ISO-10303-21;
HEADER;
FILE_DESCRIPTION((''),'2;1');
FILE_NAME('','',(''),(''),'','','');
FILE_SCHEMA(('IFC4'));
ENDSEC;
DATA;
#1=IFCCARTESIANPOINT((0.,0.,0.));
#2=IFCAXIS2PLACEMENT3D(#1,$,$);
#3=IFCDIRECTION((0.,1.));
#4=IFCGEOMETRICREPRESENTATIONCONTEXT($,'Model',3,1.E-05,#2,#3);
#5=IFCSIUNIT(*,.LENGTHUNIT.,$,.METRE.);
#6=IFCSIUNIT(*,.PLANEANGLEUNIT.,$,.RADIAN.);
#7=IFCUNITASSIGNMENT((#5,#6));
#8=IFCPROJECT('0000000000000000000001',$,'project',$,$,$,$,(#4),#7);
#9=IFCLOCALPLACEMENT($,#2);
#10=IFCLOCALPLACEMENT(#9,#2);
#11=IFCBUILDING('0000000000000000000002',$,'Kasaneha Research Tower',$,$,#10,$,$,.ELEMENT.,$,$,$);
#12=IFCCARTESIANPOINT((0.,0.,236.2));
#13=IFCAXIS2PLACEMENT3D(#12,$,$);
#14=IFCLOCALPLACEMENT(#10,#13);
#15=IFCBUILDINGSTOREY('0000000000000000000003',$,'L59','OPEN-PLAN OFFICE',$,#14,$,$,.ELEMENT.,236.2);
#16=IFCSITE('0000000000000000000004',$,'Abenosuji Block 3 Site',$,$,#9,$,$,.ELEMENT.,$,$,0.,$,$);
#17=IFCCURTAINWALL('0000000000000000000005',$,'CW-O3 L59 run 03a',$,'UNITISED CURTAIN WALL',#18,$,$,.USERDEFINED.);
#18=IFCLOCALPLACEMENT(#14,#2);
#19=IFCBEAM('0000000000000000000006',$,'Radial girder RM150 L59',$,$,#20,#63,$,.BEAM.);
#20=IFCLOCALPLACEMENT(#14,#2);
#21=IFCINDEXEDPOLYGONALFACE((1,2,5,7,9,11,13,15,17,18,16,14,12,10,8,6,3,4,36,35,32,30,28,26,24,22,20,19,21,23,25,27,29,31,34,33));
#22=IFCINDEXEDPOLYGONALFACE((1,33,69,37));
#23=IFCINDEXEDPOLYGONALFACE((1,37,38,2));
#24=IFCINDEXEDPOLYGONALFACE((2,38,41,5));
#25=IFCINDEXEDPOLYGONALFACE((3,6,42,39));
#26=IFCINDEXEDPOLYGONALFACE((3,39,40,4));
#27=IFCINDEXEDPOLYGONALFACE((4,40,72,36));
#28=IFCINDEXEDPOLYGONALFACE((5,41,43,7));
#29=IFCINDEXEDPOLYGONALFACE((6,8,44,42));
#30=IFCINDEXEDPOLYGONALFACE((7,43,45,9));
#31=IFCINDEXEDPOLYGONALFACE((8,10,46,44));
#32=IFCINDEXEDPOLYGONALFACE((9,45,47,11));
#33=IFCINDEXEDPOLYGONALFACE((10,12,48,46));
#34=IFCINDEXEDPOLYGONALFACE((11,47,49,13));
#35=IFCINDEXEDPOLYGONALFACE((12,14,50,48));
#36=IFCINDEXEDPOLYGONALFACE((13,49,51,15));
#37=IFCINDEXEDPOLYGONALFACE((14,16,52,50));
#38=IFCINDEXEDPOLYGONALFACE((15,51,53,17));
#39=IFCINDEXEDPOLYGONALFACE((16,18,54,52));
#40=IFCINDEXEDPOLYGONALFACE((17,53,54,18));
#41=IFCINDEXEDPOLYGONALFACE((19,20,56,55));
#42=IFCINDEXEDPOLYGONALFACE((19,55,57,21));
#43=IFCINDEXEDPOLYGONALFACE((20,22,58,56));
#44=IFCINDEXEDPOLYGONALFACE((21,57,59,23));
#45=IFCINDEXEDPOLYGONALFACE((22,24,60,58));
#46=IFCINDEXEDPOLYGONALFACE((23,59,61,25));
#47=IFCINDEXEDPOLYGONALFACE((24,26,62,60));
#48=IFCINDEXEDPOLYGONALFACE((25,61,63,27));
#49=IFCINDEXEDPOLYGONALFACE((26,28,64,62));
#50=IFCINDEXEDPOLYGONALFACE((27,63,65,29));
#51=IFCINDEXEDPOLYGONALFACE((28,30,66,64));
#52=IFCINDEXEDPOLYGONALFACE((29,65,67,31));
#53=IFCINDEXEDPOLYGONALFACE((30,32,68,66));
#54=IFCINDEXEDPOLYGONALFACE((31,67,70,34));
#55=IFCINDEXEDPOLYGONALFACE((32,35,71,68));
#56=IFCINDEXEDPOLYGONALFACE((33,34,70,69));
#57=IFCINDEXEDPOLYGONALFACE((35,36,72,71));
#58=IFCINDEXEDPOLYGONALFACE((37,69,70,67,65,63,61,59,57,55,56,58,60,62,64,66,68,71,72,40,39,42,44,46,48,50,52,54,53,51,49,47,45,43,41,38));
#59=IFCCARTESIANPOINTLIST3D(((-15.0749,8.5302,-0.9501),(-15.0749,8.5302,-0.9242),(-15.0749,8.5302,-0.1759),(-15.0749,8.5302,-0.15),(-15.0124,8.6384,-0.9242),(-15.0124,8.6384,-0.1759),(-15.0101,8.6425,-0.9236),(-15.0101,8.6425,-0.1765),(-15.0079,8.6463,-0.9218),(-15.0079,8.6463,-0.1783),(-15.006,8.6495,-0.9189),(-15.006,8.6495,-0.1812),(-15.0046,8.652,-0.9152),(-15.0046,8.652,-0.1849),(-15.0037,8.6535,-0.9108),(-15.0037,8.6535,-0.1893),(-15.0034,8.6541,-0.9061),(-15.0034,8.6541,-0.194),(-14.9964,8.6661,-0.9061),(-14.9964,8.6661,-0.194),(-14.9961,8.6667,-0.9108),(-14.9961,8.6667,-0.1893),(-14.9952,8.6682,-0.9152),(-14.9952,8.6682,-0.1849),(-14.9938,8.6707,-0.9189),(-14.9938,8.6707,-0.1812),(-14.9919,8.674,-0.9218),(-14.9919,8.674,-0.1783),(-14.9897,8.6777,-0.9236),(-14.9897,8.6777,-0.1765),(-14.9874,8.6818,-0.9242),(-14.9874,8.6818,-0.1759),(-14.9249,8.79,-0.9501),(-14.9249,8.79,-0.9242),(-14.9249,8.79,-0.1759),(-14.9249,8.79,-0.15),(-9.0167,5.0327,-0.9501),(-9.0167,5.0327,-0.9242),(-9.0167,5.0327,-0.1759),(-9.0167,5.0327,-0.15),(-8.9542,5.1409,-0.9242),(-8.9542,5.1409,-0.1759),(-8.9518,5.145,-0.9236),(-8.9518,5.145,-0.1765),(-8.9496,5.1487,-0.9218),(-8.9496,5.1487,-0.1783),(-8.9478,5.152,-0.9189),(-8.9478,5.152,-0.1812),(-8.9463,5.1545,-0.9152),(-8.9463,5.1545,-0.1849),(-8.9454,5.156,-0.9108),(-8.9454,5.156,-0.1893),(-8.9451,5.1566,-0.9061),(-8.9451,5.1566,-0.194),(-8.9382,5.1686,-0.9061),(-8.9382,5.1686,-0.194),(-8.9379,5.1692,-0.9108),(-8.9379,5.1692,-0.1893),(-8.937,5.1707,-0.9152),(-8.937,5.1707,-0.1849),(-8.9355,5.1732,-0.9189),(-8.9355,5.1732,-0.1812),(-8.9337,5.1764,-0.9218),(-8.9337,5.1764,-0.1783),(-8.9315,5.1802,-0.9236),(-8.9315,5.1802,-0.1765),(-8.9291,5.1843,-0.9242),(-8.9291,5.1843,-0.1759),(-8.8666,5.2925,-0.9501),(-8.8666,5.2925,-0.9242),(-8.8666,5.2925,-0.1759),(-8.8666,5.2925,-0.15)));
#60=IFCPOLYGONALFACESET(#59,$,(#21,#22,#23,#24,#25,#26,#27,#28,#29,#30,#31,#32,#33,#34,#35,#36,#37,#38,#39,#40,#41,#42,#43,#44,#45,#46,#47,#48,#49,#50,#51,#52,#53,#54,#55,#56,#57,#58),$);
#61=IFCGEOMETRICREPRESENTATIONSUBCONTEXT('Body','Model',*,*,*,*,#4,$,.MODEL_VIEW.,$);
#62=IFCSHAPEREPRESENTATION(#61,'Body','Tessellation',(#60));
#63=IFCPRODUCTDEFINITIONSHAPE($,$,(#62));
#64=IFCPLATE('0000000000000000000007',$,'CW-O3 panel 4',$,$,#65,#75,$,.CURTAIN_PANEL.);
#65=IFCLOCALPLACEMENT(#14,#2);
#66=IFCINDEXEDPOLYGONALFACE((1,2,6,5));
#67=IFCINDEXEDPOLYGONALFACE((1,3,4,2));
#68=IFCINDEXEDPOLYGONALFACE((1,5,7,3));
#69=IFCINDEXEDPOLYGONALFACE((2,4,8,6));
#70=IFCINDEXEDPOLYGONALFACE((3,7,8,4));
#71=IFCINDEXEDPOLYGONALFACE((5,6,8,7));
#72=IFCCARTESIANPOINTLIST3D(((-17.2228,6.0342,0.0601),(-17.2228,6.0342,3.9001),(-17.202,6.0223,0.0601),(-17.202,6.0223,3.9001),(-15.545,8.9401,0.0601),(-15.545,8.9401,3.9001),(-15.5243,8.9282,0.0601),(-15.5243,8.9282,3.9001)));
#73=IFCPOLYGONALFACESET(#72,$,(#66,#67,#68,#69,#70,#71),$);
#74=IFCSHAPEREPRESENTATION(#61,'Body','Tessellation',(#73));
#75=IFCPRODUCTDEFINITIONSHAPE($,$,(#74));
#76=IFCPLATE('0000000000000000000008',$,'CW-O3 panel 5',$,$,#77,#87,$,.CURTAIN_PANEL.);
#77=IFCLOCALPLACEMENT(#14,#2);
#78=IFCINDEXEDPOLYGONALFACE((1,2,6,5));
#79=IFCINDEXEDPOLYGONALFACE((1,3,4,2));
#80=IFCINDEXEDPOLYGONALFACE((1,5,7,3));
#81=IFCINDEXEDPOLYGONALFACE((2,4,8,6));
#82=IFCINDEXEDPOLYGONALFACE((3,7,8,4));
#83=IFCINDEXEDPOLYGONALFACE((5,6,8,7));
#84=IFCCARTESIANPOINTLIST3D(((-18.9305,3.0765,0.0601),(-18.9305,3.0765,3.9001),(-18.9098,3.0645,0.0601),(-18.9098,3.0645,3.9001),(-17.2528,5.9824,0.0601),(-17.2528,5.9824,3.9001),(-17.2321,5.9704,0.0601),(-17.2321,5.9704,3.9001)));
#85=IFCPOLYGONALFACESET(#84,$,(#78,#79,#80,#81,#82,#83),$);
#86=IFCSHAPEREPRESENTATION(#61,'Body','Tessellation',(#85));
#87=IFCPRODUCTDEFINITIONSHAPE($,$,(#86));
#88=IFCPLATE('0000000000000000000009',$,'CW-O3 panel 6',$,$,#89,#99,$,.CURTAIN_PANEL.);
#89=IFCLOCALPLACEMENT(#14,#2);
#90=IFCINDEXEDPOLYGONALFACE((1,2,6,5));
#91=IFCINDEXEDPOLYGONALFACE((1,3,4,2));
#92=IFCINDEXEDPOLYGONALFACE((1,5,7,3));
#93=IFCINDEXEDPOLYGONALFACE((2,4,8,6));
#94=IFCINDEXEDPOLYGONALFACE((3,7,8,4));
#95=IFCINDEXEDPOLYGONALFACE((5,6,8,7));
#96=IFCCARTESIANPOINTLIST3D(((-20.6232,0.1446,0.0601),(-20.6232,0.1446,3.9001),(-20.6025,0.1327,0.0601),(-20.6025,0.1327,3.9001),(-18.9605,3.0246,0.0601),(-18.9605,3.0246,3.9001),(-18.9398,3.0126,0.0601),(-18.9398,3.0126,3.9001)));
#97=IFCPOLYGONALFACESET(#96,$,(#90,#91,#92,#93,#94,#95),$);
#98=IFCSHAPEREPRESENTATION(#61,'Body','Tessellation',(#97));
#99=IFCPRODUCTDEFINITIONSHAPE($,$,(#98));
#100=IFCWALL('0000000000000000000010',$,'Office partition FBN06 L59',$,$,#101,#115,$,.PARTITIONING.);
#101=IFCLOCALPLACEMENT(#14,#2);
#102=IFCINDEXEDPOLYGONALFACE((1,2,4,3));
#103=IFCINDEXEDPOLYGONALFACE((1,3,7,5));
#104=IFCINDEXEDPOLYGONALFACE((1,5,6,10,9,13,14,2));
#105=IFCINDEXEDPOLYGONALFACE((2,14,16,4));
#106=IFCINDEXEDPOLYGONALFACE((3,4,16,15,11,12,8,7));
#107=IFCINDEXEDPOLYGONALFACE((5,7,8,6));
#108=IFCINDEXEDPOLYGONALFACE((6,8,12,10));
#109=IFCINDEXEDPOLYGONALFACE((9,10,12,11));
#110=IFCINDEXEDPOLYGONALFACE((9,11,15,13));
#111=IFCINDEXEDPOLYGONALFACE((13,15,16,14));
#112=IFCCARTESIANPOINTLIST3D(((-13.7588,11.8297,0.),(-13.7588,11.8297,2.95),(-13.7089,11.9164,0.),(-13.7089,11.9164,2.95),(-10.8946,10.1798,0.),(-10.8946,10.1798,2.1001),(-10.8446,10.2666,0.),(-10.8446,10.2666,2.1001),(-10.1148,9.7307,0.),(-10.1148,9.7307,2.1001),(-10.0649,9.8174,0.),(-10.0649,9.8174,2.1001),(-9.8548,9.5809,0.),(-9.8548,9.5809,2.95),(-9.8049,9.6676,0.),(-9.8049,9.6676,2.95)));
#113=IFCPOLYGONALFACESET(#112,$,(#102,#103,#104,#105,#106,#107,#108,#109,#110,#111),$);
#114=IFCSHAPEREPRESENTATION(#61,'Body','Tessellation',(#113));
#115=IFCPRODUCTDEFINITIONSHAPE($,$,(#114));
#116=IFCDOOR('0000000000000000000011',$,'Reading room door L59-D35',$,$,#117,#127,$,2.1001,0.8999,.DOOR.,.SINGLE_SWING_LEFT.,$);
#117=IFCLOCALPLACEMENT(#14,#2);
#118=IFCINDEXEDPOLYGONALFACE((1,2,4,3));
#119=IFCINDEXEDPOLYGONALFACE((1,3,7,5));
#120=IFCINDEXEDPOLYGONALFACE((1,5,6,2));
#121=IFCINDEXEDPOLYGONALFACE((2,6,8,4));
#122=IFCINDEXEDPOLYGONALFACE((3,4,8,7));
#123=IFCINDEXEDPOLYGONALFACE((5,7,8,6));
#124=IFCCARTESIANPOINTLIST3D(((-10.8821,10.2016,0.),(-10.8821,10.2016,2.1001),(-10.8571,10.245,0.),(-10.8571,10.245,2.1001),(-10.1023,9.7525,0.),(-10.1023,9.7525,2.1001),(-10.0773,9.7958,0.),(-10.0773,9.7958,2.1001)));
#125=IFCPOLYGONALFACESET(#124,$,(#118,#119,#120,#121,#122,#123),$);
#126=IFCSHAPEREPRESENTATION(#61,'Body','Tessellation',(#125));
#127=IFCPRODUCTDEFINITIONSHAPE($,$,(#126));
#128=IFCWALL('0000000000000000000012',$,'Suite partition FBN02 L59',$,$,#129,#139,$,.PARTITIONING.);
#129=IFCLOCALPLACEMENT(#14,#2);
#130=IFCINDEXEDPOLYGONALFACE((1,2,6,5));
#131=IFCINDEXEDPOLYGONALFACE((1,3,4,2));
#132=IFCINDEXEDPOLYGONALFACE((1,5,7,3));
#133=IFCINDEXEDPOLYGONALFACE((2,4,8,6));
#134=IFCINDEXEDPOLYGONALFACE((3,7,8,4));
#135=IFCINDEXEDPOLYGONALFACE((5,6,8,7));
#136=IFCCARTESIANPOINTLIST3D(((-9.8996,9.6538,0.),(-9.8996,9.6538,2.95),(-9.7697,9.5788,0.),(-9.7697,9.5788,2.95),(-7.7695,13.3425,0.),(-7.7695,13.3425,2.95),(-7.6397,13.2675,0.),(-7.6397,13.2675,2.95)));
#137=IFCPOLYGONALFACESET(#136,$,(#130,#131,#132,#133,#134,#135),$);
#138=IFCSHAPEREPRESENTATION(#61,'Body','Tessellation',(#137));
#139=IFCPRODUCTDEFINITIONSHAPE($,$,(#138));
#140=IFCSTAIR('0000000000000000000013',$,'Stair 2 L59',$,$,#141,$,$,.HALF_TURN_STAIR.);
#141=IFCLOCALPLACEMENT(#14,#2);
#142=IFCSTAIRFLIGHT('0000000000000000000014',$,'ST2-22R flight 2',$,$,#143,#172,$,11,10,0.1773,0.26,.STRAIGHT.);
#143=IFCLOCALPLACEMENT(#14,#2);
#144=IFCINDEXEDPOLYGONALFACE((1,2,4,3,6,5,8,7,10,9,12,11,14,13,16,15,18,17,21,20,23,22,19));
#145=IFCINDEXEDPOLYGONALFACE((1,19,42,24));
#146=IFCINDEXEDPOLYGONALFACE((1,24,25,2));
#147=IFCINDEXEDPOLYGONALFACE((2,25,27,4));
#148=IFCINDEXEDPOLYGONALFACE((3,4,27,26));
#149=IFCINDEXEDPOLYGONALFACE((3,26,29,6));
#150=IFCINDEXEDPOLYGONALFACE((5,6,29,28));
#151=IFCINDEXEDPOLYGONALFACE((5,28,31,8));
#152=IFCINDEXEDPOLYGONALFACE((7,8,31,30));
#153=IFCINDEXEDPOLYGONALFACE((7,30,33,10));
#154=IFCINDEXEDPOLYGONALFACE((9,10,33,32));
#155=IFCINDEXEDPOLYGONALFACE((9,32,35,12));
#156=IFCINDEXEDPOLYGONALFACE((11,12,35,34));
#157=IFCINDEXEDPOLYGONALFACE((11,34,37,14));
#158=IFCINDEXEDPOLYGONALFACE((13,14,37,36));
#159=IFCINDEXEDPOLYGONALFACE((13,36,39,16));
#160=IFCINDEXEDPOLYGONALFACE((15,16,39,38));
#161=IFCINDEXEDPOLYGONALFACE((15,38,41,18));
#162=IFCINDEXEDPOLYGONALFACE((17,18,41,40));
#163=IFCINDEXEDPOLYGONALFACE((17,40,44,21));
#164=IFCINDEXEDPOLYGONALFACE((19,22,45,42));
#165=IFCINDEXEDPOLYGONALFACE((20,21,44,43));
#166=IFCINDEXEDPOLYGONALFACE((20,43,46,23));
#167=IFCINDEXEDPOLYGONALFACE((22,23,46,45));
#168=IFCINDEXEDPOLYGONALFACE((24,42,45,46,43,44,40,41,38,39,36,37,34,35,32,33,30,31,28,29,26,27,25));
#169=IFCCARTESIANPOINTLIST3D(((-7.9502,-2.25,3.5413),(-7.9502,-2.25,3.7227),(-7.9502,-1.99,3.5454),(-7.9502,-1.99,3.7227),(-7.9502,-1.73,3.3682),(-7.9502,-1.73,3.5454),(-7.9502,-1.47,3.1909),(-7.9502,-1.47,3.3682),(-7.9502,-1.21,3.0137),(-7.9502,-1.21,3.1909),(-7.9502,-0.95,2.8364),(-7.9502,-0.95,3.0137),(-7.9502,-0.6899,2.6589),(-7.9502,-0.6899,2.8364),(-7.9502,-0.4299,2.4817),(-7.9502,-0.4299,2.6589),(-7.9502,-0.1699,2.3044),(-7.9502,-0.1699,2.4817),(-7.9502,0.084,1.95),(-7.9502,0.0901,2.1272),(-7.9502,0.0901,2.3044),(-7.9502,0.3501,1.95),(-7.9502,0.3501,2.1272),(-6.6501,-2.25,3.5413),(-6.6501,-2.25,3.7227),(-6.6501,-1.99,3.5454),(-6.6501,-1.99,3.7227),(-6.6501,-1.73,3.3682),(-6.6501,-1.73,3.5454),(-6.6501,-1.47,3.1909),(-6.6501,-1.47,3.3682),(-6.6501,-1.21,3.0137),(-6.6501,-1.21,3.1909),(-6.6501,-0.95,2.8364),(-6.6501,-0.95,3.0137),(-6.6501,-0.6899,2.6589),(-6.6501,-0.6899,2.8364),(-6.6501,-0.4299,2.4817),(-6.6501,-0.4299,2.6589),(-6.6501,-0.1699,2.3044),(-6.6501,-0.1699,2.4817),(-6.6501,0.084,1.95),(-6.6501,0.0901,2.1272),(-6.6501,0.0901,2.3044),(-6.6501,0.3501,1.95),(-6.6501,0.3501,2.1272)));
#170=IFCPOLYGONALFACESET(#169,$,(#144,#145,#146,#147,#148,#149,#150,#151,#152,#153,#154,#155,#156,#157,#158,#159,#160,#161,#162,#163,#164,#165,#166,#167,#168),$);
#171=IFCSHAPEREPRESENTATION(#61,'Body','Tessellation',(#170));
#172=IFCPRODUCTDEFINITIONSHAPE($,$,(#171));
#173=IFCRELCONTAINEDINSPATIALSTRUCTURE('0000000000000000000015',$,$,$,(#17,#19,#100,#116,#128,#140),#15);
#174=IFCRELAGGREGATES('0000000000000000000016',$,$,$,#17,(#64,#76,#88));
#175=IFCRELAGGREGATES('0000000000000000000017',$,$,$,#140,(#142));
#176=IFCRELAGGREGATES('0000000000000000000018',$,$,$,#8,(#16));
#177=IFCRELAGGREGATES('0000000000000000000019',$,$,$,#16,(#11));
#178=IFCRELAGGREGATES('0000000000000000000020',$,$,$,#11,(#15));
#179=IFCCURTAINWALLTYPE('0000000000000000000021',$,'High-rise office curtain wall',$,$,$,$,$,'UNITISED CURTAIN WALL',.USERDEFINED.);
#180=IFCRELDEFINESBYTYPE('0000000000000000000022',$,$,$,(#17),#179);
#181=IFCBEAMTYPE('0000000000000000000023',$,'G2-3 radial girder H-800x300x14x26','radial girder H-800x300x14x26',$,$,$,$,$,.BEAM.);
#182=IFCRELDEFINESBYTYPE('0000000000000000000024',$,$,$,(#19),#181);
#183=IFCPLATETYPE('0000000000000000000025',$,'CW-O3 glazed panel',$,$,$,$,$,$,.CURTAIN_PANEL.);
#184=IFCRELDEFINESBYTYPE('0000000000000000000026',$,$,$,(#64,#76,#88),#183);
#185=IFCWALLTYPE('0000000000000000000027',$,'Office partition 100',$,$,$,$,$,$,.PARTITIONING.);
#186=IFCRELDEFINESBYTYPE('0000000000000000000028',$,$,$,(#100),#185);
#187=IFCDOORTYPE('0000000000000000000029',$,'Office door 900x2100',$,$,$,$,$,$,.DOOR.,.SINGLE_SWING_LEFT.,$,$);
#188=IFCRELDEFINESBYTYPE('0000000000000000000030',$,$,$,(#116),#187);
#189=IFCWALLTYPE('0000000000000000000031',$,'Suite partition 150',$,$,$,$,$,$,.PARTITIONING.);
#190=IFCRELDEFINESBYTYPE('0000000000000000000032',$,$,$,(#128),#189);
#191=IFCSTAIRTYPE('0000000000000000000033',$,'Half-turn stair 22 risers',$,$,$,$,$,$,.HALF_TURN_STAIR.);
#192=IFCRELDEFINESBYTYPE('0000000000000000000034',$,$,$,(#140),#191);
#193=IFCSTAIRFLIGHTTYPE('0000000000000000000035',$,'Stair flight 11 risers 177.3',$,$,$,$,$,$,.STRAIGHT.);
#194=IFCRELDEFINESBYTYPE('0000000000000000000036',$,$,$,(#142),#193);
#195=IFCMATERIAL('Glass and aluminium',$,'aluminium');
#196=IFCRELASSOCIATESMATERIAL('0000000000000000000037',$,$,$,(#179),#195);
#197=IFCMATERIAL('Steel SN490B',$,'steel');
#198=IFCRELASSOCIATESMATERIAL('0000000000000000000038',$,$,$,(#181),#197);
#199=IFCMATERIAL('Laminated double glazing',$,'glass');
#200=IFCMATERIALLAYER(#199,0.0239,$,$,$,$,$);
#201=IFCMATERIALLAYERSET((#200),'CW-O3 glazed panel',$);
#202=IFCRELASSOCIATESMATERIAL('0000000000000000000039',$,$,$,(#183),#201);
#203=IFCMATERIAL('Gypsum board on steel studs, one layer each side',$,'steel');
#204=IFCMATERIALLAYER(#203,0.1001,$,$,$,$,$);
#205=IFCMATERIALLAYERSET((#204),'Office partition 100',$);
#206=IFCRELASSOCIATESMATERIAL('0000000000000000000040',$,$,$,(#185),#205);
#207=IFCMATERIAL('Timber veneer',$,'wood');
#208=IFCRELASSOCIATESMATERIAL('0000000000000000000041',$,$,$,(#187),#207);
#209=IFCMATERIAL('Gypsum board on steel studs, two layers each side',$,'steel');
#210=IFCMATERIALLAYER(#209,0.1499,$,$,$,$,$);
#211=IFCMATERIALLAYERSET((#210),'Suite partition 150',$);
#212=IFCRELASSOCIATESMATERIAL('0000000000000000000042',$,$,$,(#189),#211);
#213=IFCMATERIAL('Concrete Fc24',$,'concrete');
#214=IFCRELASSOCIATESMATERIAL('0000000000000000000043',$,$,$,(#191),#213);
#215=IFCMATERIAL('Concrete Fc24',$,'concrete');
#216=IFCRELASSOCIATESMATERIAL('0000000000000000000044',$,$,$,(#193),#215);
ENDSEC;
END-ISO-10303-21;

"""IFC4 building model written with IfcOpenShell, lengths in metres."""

from ifc_helpers import new_model, si_unit, direction, frame, frame_2d, origin, origin_2d, place, context, subcontext, project, spatial, polyline, rectangle, i_section, outline, extrude, material, layer, layer_set, material_profile, profile_set, type_object, element, fill, aggregate, save


model = new_model("IFC4")

# Units and contexts
model_context = context("Model", 3, precision=1e-05, world=origin(), true_north=direction((0.0, 1.0)))
body_context = subcontext(model_context, "Body", "Model", "MODEL_VIEW")
ifc_project = project(units=[si_unit("LENGTHUNIT", "METRE"), si_unit("PLANEANGLEUNIT", "RADIAN")], contexts=[model_context])

# Site, building, storey
site_placement = place(None, origin())
site = spatial("IfcSite", under=ifc_project, at=site_placement, Name="Abenosuji Block 3 Site", CompositionType="ELEMENT", RefElevation=0.0)
building_placement = place(site_placement, origin())
building = spatial("IfcBuilding", under=site, at=building_placement, Name="Kasaneha Research Tower", CompositionType="ELEMENT")
storey_placement = place(building_placement, frame((0.0, 0.0, 236.2)))
storey = spatial("IfcBuildingStorey", under=building, at=storey_placement, Name="L59", Description="OPEN-PLAN OFFICE", CompositionType="ELEMENT", Elevation=236.2)

# Curtain wall
ifc_material_1 = material(Name="Glass and aluminium", Category="aluminium")
curtain_wall_type = type_object("IfcCurtainWallType", Name="High-rise office curtain wall", ElementType="UNITISED CURTAIN WALL", PredefinedType="USERDEFINED", material=ifc_material_1)
curtain_wall_placement = place(storey_placement, origin())
curtain_wall = element("IfcCurtainWall", 1, at=curtain_wall_placement, inside=storey, type_object=curtain_wall_type, Name="CW-O3 L59 run 03a", ObjectType="UNITISED CURTAIN WALL", PredefinedType="USERDEFINED")

# Beam
ifc_material_2 = material(Name="Steel SN490B", Category="steel")
ifc_material_profile_1 = material_profile(ifc_material_2, i_section(OverallWidth=0.3, OverallDepth=0.8, WebThickness=0.0139, FlangeThickness=0.0259, FilletRadius=0.0181, at=origin_2d()), Name="H-800x300x14x26")
ifc_profile_set_1 = profile_set([ifc_material_profile_1], Name="Steel SN490B")
beam_type_1 = type_object("IfcBeamType", Name="G2-3 radial girder H-800x300x14x26", Description="radial girder H-800x300x14x26", PredefinedType="BEAM", material=ifc_profile_set_1)
beam_1_placement = place(storey_placement, frame((-8.9417, 5.1626, -0.55), z_axis=(-0.86604, 0.499975, 0.0), x_axis=(-0.499975, -0.86604, 0.0)))
element("IfcBeam", 2, at=beam_1_placement, inside=storey, type_object=beam_type_1, Name="Radial girder RM150 L59", PredefinedType="BEAM", context=body_context, shape_type="SweptSolid", body=[
    extrude(i_section(OverallWidth=0.3, OverallDepth=0.8, WebThickness=0.0139, FlangeThickness=0.0259, FilletRadius=0.0181, at=origin_2d()), origin(), (0.0, 0.0, 1.0), 6.9954),
])

# Plates
ifc_material_3 = material(Name="Laminated double glazing", Category="glass")
ifc_layer_1 = layer(ifc_material_3, 0.0239)
ifc_layer_set_1 = layer_set([ifc_layer_1], Name="CW-O3 glazed panel")
plate_type = type_object("IfcPlateType", Name="CW-O3 glazed panel", PredefinedType="CURTAIN_PANEL", material=ifc_layer_set_1)
plate_1_placement = place(storey_placement, frame((-16.3735, 7.4812, 0.0601), z_axis=(0.0, 0.0, 1.0), x_axis=(-0.5, -0.866025, 0.0)))
plate_1 = element("IfcPlate", 3, at=plate_1_placement, type_object=plate_type, Name="CW-O3 panel 4", PredefinedType="CURTAIN_PANEL", context=body_context, shape_type="SweptSolid", body=[
    extrude(rectangle(XDim=3.3555, YDim=0.0239, at=origin_2d()), origin(), (0.0, 0.0, 1.0), 3.8401),
])
plate_2_placement = place(storey_placement, frame((-18.0813, 4.5234, 0.0601), z_axis=(0.0, 0.0, 1.0), x_axis=(-0.5, -0.866025, 0.0)))
plate_2 = element("IfcPlate", 4, at=plate_2_placement, type_object=plate_type, Name="CW-O3 panel 5", PredefinedType="CURTAIN_PANEL", context=body_context, shape_type="SweptSolid", body=[
    extrude(rectangle(XDim=3.3555, YDim=0.0239, at=origin_2d()), origin(), (0.0, 0.0, 1.0), 3.8401),
])
plate_3_placement = place(storey_placement, frame((-19.7815, 1.5786, 0.0601), z_axis=(0.0, 0.0, 1.0), x_axis=(-0.5, -0.866025, 0.0)))
plate_3 = element("IfcPlate", 5, at=plate_3_placement, type_object=plate_type, Name="CW-O3 panel 6", PredefinedType="CURTAIN_PANEL", context=body_context, shape_type="SweptSolid", body=[
    extrude(rectangle(XDim=3.3254, YDim=0.0239, at=origin_2d()), origin(), (0.0, 0.0, 1.0), 3.8401),
])
aggregate(curtain_wall, [plate_1, plate_2, plate_3])

# Wall, opening, door
ifc_material_4 = material(Name="Gypsum board on steel studs, one layer each side", Category="steel")
ifc_layer_2 = layer(ifc_material_4, 0.1001)
ifc_layer_set_2 = layer_set([ifc_layer_2], Name="Office partition 100")
wall_type_1 = type_object("IfcWallType", Name="Office partition 100", PredefinedType="PARTITIONING", material=ifc_layer_set_2)
wall_1_placement = place(storey_placement, frame((-9.8298, 9.6243, 0.0), z_axis=(0.0, 0.0, 1.0), x_axis=(-0.866527, 0.49913, 0.0)))
wall_1 = element("IfcWall", 6, at=wall_1_placement, inside=storey, type_object=wall_type_1, Name="Office partition FBN06 L59", PredefinedType="PARTITIONING", context=body_context, shape_type="SweptSolid", body=[
    extrude(rectangle(XDim=4.5054, YDim=0.1001, at=frame_2d((2.2527, 0.0))), origin(), (0.0, 0.0, 1.0), 2.95),
])
opening_1_placement = place(wall_1_placement, frame((0.3, 0.0, 0.0)))
opening_1 = element("IfcOpeningElement", 7, at=opening_1_placement, cuts=wall_1, PredefinedType="OPENING", context=body_context, shape_type="SweptSolid", body=[
    extrude(rectangle(XDim=0.8999, YDim=2.1001, at=frame_2d((0.45, 1.05))), frame((0.0, 0.0601, 0.0), z_axis=(0.0, -1.0, 0.0), x_axis=(1.0, 0.0, 0.0)), (0.0, 0.0, 1.0), 0.1201),
])
ifc_material_5 = material(Name="Timber veneer", Category="wood")
door_type_1 = type_object("IfcDoorType", Name="Office door 900x2100", OperationType="SINGLE_SWING_LEFT", PredefinedType="DOOR", material=ifc_material_5)
door_1_placement = place(opening_1_placement, origin())
door_1 = element("IfcDoor", 8, at=door_1_placement, inside=storey, type_object=door_type_1, Name="Reading room door L59-D35", OperationType="SINGLE_SWING_LEFT", OverallHeight=2.1001, OverallWidth=0.8999, PredefinedType="DOOR", context=body_context, shape_type="SweptSolid", body=[
    extrude(rectangle(XDim=0.8999, YDim=2.1001, at=frame_2d((0.45, 1.05))), frame((0.0, 0.0249, 0.0), z_axis=(0.0, -1.0, 0.0), x_axis=(1.0, 0.0, 0.0)), (0.0, 0.0, 1.0), 0.05),
])
fill(opening_1, door_1)

# Wall
ifc_material_6 = material(Name="Gypsum board on steel studs, two layers each side", Category="steel")
ifc_layer_3 = layer(ifc_material_6, 0.1499)
ifc_layer_set_3 = layer_set([ifc_layer_3], Name="Suite partition 150")
wall_type_2 = type_object("IfcWallType", Name="Suite partition 150", PredefinedType="PARTITIONING", material=ifc_layer_set_3)
wall_2_placement = place(storey_placement, frame((-9.8347, 9.6162, 0.0), z_axis=(0.0, 0.0, 1.0), x_axis=(0.500078, 0.86598, 0.0)))
element("IfcWall", 9, at=wall_2_placement, inside=storey, type_object=wall_type_2, Name="Suite partition FBN02 L59", PredefinedType="PARTITIONING", context=body_context, shape_type="SweptSolid", body=[
    extrude(rectangle(XDim=4.2595, YDim=0.1499, at=frame_2d((2.1299, 0.0))), origin(), (0.0, 0.0, 1.0), 2.95),
])

# Stair, stair flight
ifc_material_7 = material(Name="Concrete Fc24", Category="concrete")
stair_type = type_object("IfcStairType", Name="Half-turn stair 22 risers", PredefinedType="HALF_TURN_STAIR", material=ifc_material_7)
stair_placement = place(storey_placement, origin())
stair = element("IfcStair", 10, at=stair_placement, inside=storey, type_object=stair_type, Name="Stair 2 L59", PredefinedType="HALF_TURN_STAIR")
ifc_material_8 = material(Name="Concrete Fc24", Category="concrete")
stair_flight_type = type_object("IfcStairFlightType", Name="Stair flight 11 risers 177.3", PredefinedType="STRAIGHT", material=ifc_material_8)
stair_flight_placement = place(storey_placement, frame((-7.3, 0.3501, 1.95), z_axis=(0.0, 0.0, 1.0), x_axis=(0.0, -1.0, 0.0)))
stair_flight = element("IfcStairFlight", 11, at=stair_flight_placement, type_object=stair_flight_type, Name="ST2-22R flight 2", NumberOfRisers=11, NumberOfTreads=10, PredefinedType="STRAIGHT", RiserHeight=0.1773, TreadLength=0.26, context=body_context, shape_type="SweptSolid", body=[
    extrude(outline(polyline([(0.0, 0.0), (0.0, 0.1772), (0.26, 0.1772), (0.26, 0.3545), (0.52, 0.3545), (0.52, 0.5317), (0.78, 0.5317), (0.78, 0.709), (1.04, 0.709), (1.04, 0.8865), (1.3, 0.8865), (1.3, 1.0637), (1.5601, 1.0637), (1.5601, 1.241), (1.8201, 1.241), (1.8201, 1.4182), (2.0801, 1.4182), (2.0801, 1.5955), (2.3401, 1.5955), (2.3401, 1.7727), (2.6001, 1.7727), (2.6001, 1.95), (2.6001, 1.5913), (0.2661, 0.0), (0.0, 0.0)])), frame((0.0, 0.6499, 0.0), z_axis=(0.0, -1.0, 0.0), x_axis=(1.0, 0.0, 0.0)), (0.0, 0.0, 1.0), 1.3),
])
aggregate(stair, [stair_flight])

save(model, "model.ifc")
